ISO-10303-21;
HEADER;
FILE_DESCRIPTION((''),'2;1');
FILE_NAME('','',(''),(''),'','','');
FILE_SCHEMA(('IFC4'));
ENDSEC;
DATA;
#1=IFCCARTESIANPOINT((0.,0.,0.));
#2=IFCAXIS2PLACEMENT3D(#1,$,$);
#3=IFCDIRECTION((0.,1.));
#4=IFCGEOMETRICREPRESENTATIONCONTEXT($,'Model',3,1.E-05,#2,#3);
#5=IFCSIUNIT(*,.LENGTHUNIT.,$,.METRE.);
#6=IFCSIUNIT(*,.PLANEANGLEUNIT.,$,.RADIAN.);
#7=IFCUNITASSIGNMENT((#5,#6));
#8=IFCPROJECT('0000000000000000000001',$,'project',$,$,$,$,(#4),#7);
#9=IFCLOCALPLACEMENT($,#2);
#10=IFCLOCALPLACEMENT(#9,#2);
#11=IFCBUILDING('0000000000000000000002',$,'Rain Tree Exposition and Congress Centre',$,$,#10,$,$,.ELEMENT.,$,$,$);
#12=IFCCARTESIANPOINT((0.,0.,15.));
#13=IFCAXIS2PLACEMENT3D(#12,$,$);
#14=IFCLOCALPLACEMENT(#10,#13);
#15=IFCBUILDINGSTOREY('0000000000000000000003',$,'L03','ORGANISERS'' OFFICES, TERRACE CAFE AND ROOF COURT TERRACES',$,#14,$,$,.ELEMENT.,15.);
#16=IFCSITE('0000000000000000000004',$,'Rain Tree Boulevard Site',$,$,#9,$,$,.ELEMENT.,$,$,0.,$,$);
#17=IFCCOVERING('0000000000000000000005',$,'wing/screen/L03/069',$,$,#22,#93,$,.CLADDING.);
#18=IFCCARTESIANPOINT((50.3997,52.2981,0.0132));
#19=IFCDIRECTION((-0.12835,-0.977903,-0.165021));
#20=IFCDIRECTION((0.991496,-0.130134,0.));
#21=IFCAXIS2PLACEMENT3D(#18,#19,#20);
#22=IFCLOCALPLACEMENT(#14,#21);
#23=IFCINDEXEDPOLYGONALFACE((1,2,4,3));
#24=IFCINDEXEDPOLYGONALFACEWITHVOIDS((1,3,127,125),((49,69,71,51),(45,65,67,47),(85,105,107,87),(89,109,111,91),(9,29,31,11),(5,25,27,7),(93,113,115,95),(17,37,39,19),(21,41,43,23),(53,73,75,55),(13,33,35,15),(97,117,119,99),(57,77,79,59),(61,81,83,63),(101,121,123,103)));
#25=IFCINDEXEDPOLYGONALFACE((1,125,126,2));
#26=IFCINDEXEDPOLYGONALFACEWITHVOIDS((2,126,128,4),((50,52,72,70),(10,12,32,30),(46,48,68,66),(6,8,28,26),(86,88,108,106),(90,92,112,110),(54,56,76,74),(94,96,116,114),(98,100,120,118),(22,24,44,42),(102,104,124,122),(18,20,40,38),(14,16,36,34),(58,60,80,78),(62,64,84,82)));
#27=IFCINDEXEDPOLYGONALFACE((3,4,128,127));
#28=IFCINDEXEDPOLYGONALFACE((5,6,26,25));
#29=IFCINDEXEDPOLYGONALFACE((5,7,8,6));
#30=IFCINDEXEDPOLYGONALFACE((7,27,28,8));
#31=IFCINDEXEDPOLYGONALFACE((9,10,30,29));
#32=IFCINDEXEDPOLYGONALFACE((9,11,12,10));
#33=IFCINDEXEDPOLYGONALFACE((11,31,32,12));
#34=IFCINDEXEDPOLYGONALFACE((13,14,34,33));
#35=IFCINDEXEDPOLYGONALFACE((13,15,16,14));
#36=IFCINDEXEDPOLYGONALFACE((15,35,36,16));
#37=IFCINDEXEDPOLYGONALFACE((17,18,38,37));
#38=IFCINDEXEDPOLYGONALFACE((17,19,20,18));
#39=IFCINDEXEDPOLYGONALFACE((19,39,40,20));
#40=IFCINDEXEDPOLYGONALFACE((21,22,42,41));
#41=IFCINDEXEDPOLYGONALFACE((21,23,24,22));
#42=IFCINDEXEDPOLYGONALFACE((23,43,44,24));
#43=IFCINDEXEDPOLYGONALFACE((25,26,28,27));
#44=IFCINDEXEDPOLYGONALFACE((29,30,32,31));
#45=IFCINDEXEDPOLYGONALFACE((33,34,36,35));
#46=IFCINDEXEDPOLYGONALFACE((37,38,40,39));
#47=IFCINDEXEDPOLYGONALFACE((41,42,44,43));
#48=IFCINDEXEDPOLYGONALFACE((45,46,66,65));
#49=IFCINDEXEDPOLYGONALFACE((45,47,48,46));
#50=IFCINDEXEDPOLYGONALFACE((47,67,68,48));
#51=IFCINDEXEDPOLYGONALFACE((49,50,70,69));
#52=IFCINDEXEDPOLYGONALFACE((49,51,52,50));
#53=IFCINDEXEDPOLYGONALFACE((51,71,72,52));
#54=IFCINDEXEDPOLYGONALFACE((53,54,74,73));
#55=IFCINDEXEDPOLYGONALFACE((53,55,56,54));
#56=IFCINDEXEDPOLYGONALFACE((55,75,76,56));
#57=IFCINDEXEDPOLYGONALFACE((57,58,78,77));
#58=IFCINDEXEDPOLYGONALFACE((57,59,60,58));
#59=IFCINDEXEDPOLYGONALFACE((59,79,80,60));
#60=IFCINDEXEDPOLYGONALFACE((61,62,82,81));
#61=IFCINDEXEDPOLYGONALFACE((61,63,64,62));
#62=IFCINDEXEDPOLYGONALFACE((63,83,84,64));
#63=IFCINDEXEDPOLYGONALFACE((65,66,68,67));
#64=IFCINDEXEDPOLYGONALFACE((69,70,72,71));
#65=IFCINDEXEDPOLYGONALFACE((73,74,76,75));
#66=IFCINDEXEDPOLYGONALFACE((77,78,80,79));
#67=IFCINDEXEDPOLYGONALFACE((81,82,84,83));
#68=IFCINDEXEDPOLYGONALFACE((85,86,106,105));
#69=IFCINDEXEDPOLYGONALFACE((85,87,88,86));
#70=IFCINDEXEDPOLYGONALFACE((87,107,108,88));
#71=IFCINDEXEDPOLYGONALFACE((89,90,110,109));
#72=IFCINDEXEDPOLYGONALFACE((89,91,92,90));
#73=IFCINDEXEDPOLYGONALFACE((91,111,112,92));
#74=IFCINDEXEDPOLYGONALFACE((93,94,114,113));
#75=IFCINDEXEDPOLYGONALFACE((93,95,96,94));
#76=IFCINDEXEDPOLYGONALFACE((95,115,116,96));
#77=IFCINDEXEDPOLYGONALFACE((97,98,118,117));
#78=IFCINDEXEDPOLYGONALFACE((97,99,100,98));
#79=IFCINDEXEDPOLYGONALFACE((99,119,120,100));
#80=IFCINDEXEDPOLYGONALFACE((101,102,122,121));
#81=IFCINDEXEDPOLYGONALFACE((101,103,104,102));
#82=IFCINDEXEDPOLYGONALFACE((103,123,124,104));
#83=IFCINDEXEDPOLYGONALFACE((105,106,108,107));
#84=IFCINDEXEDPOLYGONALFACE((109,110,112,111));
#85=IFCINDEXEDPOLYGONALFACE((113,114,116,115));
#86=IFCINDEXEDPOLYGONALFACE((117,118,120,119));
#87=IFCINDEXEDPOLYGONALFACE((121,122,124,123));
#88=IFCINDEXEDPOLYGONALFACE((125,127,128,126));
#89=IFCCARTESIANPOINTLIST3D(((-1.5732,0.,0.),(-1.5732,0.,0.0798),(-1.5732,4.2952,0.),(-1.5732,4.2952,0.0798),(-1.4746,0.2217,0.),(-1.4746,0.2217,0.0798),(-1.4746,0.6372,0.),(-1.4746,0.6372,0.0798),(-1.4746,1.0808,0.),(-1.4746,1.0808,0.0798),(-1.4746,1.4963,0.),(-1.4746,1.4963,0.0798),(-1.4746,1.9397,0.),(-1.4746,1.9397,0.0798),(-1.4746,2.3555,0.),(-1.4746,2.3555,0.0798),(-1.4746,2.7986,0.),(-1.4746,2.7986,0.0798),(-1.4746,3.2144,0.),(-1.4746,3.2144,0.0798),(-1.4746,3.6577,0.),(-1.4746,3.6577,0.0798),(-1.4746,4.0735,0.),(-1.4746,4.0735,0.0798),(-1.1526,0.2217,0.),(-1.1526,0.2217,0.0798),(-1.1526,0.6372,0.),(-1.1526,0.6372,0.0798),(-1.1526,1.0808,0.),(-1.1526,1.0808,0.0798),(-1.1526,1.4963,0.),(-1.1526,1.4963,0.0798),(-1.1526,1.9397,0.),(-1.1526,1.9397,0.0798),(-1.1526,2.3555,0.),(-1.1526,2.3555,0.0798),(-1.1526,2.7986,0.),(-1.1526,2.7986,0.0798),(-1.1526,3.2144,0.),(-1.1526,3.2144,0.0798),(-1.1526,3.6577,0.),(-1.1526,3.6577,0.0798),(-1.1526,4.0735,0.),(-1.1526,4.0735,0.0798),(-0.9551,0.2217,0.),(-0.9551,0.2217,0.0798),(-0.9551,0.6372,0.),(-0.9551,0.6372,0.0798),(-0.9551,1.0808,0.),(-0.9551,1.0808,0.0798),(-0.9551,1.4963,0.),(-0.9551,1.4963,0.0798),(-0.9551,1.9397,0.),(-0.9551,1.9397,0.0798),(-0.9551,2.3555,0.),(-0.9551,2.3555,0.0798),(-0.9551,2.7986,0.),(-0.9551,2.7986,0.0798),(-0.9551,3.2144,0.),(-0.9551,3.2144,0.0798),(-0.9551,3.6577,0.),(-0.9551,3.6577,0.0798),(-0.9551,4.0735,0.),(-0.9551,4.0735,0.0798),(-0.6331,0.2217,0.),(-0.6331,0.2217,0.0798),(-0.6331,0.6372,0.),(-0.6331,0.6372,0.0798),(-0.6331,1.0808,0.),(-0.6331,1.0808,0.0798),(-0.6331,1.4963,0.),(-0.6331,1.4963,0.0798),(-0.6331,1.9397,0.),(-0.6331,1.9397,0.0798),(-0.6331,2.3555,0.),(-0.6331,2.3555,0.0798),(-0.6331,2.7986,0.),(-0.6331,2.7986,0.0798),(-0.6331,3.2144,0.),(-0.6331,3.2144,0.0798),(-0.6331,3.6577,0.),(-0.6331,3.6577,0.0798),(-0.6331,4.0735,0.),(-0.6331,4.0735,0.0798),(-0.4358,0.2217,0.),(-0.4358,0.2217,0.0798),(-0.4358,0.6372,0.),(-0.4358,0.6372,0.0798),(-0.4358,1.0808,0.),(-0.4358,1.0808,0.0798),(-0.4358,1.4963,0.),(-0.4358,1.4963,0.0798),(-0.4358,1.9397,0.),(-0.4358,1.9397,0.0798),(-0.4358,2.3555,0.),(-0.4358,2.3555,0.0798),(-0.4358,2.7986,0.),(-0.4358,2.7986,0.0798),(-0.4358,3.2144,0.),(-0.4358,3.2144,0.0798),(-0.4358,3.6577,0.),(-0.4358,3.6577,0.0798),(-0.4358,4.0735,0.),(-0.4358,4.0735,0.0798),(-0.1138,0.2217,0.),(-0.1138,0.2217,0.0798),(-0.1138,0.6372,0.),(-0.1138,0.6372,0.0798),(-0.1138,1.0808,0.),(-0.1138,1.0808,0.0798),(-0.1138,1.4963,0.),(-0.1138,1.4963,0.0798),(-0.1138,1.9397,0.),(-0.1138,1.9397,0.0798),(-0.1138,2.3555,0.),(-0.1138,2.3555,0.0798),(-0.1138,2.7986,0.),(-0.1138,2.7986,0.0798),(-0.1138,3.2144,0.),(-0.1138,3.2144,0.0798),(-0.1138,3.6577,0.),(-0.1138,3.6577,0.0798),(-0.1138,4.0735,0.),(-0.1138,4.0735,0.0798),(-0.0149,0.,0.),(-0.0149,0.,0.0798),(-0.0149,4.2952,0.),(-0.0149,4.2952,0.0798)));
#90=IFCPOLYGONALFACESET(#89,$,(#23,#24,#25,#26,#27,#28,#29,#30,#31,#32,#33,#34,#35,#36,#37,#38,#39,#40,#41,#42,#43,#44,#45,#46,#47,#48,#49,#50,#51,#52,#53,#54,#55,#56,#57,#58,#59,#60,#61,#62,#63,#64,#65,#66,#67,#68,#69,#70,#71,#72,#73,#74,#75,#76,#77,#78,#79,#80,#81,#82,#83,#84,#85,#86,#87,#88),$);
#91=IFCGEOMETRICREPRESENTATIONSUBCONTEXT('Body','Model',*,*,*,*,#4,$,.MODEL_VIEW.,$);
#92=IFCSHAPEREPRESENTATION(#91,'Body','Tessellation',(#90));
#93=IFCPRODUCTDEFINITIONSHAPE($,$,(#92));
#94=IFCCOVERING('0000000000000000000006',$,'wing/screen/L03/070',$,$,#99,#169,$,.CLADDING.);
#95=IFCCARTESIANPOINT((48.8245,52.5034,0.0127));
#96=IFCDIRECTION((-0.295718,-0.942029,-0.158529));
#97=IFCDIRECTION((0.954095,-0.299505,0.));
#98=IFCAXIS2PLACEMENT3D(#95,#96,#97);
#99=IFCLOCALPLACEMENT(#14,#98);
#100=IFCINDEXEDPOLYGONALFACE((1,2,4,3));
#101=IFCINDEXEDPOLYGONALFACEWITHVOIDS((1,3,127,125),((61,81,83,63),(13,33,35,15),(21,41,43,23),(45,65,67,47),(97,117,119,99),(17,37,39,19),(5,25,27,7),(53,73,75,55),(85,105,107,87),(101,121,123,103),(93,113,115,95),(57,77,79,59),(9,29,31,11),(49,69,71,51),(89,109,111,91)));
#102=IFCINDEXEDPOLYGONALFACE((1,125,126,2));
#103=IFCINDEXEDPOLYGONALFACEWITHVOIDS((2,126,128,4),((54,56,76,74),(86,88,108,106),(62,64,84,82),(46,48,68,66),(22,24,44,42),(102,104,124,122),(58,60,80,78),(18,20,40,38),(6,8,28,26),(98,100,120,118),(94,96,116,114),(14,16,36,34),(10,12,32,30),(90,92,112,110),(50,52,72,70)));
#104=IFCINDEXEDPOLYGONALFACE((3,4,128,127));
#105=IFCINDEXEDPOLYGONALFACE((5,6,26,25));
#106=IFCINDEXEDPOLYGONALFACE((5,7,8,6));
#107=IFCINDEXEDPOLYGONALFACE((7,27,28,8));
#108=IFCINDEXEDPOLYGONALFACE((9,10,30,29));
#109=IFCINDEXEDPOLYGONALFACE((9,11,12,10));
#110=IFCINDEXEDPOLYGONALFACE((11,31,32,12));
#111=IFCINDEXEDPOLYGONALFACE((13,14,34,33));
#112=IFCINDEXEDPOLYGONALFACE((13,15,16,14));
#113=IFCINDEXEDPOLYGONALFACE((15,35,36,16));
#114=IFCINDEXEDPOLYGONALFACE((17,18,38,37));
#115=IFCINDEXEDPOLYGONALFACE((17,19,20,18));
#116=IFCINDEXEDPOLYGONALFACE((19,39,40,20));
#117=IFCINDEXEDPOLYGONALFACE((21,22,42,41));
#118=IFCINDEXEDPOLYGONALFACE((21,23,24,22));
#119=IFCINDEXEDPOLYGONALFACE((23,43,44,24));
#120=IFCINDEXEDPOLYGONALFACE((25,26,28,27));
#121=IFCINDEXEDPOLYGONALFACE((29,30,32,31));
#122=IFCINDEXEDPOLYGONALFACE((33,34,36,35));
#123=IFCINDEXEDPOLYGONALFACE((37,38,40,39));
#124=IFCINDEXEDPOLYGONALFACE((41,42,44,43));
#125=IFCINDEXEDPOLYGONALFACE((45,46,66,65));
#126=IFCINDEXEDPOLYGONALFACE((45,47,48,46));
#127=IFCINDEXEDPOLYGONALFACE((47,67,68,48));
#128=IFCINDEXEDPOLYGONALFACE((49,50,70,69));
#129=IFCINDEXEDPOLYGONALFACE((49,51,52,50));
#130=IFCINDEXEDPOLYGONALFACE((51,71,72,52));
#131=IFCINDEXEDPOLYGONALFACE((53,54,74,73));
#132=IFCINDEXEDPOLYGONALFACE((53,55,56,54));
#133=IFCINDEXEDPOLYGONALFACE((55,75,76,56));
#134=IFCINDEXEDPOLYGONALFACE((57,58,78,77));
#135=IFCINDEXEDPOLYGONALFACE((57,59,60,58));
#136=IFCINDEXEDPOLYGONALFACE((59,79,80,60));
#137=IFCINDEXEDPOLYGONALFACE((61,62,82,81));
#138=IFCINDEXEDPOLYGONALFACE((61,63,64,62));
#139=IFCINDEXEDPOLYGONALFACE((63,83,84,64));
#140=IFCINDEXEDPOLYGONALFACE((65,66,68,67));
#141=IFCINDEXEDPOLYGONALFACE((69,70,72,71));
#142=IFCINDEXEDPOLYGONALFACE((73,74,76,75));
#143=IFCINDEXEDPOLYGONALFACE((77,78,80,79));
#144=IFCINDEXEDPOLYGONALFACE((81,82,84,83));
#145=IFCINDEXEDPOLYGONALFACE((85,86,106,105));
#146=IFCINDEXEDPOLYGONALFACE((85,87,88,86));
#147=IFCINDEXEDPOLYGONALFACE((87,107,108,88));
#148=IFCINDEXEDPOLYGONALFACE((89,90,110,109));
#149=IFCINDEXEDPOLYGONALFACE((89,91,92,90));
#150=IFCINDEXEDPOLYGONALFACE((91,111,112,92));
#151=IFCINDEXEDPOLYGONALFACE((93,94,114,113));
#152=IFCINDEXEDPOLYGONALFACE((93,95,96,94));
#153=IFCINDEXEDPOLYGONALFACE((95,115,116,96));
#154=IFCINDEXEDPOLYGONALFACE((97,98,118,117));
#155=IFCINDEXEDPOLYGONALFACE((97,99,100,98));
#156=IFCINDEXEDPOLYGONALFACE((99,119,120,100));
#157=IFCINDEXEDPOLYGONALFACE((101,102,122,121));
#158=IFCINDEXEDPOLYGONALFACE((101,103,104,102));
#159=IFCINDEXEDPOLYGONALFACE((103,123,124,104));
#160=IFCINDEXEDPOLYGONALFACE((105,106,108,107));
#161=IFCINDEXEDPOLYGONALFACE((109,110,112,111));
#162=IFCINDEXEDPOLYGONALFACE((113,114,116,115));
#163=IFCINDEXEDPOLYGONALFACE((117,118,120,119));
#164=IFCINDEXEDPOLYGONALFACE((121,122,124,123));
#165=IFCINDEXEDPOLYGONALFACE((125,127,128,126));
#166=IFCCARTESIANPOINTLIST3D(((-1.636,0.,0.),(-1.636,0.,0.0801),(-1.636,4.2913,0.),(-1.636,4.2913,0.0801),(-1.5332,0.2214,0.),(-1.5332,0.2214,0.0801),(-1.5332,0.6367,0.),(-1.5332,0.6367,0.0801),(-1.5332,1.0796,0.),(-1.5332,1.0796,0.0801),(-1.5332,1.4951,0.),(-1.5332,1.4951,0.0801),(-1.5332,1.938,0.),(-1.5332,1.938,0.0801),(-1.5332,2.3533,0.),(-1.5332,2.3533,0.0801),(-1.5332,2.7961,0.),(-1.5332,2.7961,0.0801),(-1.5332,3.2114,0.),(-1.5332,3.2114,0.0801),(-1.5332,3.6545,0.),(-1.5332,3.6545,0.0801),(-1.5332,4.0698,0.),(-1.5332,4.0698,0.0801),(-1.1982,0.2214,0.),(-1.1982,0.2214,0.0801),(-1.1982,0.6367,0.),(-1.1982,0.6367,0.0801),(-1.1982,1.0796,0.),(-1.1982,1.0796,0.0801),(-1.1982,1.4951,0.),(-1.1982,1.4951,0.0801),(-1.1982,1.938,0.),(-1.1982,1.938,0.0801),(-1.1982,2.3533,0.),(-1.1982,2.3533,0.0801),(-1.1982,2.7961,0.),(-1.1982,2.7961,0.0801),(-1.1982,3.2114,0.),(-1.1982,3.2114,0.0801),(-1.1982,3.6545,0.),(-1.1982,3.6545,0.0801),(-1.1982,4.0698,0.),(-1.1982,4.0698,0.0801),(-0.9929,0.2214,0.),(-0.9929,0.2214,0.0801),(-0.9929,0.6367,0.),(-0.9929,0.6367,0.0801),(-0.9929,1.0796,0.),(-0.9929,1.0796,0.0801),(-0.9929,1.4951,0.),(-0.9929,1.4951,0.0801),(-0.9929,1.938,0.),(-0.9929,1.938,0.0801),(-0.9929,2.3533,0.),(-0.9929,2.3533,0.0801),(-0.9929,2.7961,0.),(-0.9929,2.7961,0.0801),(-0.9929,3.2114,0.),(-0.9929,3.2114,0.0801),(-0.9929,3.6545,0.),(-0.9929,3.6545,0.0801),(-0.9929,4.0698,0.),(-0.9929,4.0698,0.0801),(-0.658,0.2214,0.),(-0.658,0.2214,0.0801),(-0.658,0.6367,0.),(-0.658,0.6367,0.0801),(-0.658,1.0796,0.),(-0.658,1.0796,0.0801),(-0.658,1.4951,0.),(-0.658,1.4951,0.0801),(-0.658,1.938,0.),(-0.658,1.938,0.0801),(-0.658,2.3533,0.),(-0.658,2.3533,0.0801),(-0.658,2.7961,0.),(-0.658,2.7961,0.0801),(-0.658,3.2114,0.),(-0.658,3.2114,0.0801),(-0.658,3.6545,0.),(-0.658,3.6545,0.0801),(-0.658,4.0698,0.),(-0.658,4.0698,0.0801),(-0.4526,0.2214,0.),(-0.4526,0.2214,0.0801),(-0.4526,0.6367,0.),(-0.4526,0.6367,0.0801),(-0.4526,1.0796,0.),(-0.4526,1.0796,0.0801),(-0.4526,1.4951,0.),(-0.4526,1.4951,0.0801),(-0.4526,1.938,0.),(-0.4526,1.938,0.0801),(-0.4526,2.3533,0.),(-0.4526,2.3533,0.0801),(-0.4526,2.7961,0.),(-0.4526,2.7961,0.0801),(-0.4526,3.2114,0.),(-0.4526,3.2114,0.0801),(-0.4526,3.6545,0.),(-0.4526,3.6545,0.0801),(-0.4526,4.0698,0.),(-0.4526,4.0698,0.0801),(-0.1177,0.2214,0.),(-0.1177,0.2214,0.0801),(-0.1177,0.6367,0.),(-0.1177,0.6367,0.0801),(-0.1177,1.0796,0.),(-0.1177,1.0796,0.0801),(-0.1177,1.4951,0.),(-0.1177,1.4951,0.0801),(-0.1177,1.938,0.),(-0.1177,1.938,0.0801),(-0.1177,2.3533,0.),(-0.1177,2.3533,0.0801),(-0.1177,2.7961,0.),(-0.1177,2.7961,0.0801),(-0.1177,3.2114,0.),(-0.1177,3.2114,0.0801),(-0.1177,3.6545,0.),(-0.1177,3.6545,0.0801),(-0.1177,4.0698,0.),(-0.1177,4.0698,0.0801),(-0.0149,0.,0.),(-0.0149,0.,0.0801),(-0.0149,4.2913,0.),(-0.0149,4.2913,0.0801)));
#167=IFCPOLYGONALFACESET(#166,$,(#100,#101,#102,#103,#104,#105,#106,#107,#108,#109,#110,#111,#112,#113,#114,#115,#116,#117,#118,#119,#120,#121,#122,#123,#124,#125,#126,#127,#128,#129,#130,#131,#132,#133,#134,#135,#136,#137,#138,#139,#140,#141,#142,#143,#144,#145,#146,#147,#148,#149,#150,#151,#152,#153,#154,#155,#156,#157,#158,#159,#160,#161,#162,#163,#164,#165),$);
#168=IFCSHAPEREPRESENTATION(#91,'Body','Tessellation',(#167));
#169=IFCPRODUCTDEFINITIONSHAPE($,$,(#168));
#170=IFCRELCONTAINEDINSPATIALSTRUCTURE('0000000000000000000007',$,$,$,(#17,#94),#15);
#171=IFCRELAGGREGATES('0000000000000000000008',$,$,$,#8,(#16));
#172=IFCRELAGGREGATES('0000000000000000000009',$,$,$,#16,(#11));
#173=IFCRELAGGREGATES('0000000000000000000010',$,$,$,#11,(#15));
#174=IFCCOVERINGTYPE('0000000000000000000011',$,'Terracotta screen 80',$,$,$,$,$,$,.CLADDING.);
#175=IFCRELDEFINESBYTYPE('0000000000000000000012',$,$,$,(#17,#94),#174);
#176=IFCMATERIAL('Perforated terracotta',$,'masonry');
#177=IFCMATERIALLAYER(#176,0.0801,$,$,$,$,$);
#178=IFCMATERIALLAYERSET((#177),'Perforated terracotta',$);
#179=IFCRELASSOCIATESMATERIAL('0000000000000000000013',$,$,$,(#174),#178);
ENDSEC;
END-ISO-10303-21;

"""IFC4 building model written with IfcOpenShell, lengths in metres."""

from ifc_helpers import new_model, si_unit, direction, frame, origin, place, context, subcontext, project, spatial, polyline, outline, extrude, material, layer, layer_set, type_object, element, save


model = new_model("IFC4")

# Units and contexts
model_context = context("Model", 3, precision=1e-05, world=origin(), true_north=direction((0.0, 1.0)))
body_context = subcontext(model_context, "Body", "Model", "MODEL_VIEW")
ifc_project = project(units=[si_unit("LENGTHUNIT", "METRE"), si_unit("PLANEANGLEUNIT", "RADIAN")], contexts=[model_context])

# Site, building, storey
site_placement = place(None, origin())
site = spatial("IfcSite", under=ifc_project, at=site_placement, Name="Rain Tree Boulevard Site", CompositionType="ELEMENT", RefElevation=0.0)
building_placement = place(site_placement, origin())
building = spatial("IfcBuilding", under=site, at=building_placement, Name="Rain Tree Exposition and Congress Centre", CompositionType="ELEMENT")
storey_placement = place(building_placement, frame((0.0, 0.0, 15.0)))
storey = spatial("IfcBuildingStorey", under=building, at=storey_placement, Name="L03", Description="ORGANISERS' OFFICES, TERRACE CAFE AND ROOF COURT TERRACES", CompositionType="ELEMENT", Elevation=15.0)

# Coverings
ifc_material_1 = material(Name="Perforated terracotta", Category="masonry")
ifc_layer_1 = layer(ifc_material_1, 0.0801)
ifc_layer_set_1 = layer_set([ifc_layer_1], Name="Perforated terracotta")
covering_type_1 = type_object("IfcCoveringType", Name="Terracotta screen 80", PredefinedType="CLADDING", material=ifc_layer_set_1)
covering_1_placement = place(storey_placement, frame((50.3997, 52.2981, 0.0132), z_axis=(-0.12835, -0.977903, -0.165021), x_axis=(0.991496, -0.130134, 0.0)))
element("IfcCovering", 1, at=covering_1_placement, inside=storey, type_object=covering_type_1, Name="wing/screen/L03/069", PredefinedType="CLADDING", context=body_context, shape_type="SweptSolid", body=[
    extrude(outline(polyline([(-1.5732, 0.0), (-1.5732, 4.2952), (-0.0149, 4.2952), (-0.0149, 0.0), (-1.5732, 0.0)]), holes=[polyline([(-0.1138, 0.2217), (-0.1138, 0.6372), (-0.4358, 0.6372), (-0.4358, 0.2217), (-0.1138, 0.2217)]), polyline([(-0.1138, 1.0808), (-0.1138, 1.4963), (-0.4358, 1.4963), (-0.4358, 1.0808), (-0.1138, 1.0808)]), polyline([(-0.1138, 1.9397), (-0.1138, 2.3555), (-0.4358, 2.3555), (-0.4358, 1.9397), (-0.1138, 1.9397)]), polyline([(-0.1138, 2.7986), (-0.1138, 3.2144), (-0.4358, 3.2144), (-0.4358, 2.7986), (-0.1138, 2.7986)]), polyline([(-0.1138, 3.6577), (-0.1138, 4.0735), (-0.4358, 4.0735), (-0.4358, 3.6577), (-0.1138, 3.6577)]), polyline([(-0.6331, 0.2217), (-0.6331, 0.6372), (-0.9551, 0.6372), (-0.9551, 0.2217), (-0.6331, 0.2217)]), polyline([(-0.6331, 1.0808), (-0.6331, 1.4963), (-0.9551, 1.4963), (-0.9551, 1.0808), (-0.6331, 1.0808)]), polyline([(-0.6331, 1.9397), (-0.6331, 2.3555), (-0.9551, 2.3555), (-0.9551, 1.9397), (-0.6331, 1.9397)]), polyline([(-0.6331, 2.7986), (-0.6331, 3.2144), (-0.9551, 3.2144), (-0.9551, 2.7986), (-0.6331, 2.7986)]), polyline([(-0.6331, 3.6577), (-0.6331, 4.0735), (-0.9551, 4.0735), (-0.9551, 3.6577), (-0.6331, 3.6577)]), polyline([(-1.1526, 0.2217), (-1.1526, 0.6372), (-1.4746, 0.6372), (-1.4746, 0.2217), (-1.1526, 0.2217)]), polyline([(-1.1526, 1.0808), (-1.1526, 1.4963), (-1.4746, 1.4963), (-1.4746, 1.0808), (-1.1526, 1.0808)]), polyline([(-1.1526, 1.9397), (-1.1526, 2.3555), (-1.4746, 2.3555), (-1.4746, 1.9397), (-1.1526, 1.9397)]), polyline([(-1.1526, 2.7986), (-1.1526, 3.2144), (-1.4746, 3.2144), (-1.4746, 2.7986), (-1.1526, 2.7986)]), polyline([(-1.1526, 3.6577), (-1.1526, 4.0735), (-1.4746, 4.0735), (-1.4746, 3.6577), (-1.1526, 3.6577)])]), origin(), (0.0, 0.0, 1.0), 0.0798),
])
covering_2_placement = place(storey_placement, frame((48.8245, 52.5034, 0.0127), z_axis=(-0.295718, -0.942029, -0.158529), x_axis=(0.954095, -0.299505, 0.0)))
element("IfcCovering", 2, at=covering_2_placement, inside=storey, type_object=covering_type_1, Name="wing/screen/L03/070", PredefinedType="CLADDING", context=body_context, shape_type="SweptSolid", body=[
    extrude(outline(polyline([(-1.636, 0.0), (-1.636, 4.2913), (-0.0149, 4.2913), (-0.0149, 0.0), (-1.636, 0.0)]), holes=[polyline([(-0.1177, 0.2214), (-0.1177, 0.6367), (-0.4526, 0.6367), (-0.4526, 0.2214), (-0.1177, 0.2214)]), polyline([(-0.1177, 1.0796), (-0.1177, 1.4951), (-0.4526, 1.4951), (-0.4526, 1.0796), (-0.1177, 1.0796)]), polyline([(-0.1177, 1.938), (-0.1177, 2.3533), (-0.4526, 2.3533), (-0.4526, 1.938), (-0.1177, 1.938)]), polyline([(-0.1177, 2.7961), (-0.1177, 3.2114), (-0.4526, 3.2114), (-0.4526, 2.7961), (-0.1177, 2.7961)]), polyline([(-0.1177, 3.6545), (-0.1177, 4.0698), (-0.4526, 4.0698), (-0.4526, 3.6545), (-0.1177, 3.6545)]), polyline([(-0.658, 0.2214), (-0.658, 0.6367), (-0.9929, 0.6367), (-0.9929, 0.2214), (-0.658, 0.2214)]), polyline([(-0.658, 1.0796), (-0.658, 1.4951), (-0.9929, 1.4951), (-0.9929, 1.0796), (-0.658, 1.0796)]), polyline([(-0.658, 1.938), (-0.658, 2.3533), (-0.9929, 2.3533), (-0.9929, 1.938), (-0.658, 1.938)]), polyline([(-0.658, 2.7961), (-0.658, 3.2114), (-0.9929, 3.2114), (-0.9929, 2.7961), (-0.658, 2.7961)]), polyline([(-0.658, 3.6545), (-0.658, 4.0698), (-0.9929, 4.0698), (-0.9929, 3.6545), (-0.658, 3.6545)]), polyline([(-1.1982, 0.2214), (-1.1982, 0.6367), (-1.5332, 0.6367), (-1.5332, 0.2214), (-1.1982, 0.2214)]), polyline([(-1.1982, 1.0796), (-1.1982, 1.4951), (-1.5332, 1.4951), (-1.5332, 1.0796), (-1.1982, 1.0796)]), polyline([(-1.1982, 1.938), (-1.1982, 2.3533), (-1.5332, 2.3533), (-1.5332, 1.938), (-1.1982, 1.938)]), polyline([(-1.1982, 2.7961), (-1.1982, 3.2114), (-1.5332, 3.2114), (-1.5332, 2.7961), (-1.1982, 2.7961)]), polyline([(-1.1982, 3.6545), (-1.1982, 4.0698), (-1.5332, 4.0698), (-1.5332, 3.6545), (-1.1982, 3.6545)])]), origin(), (0.0, 0.0, 1.0), 0.0801),
])

save(model, "model.ifc")
